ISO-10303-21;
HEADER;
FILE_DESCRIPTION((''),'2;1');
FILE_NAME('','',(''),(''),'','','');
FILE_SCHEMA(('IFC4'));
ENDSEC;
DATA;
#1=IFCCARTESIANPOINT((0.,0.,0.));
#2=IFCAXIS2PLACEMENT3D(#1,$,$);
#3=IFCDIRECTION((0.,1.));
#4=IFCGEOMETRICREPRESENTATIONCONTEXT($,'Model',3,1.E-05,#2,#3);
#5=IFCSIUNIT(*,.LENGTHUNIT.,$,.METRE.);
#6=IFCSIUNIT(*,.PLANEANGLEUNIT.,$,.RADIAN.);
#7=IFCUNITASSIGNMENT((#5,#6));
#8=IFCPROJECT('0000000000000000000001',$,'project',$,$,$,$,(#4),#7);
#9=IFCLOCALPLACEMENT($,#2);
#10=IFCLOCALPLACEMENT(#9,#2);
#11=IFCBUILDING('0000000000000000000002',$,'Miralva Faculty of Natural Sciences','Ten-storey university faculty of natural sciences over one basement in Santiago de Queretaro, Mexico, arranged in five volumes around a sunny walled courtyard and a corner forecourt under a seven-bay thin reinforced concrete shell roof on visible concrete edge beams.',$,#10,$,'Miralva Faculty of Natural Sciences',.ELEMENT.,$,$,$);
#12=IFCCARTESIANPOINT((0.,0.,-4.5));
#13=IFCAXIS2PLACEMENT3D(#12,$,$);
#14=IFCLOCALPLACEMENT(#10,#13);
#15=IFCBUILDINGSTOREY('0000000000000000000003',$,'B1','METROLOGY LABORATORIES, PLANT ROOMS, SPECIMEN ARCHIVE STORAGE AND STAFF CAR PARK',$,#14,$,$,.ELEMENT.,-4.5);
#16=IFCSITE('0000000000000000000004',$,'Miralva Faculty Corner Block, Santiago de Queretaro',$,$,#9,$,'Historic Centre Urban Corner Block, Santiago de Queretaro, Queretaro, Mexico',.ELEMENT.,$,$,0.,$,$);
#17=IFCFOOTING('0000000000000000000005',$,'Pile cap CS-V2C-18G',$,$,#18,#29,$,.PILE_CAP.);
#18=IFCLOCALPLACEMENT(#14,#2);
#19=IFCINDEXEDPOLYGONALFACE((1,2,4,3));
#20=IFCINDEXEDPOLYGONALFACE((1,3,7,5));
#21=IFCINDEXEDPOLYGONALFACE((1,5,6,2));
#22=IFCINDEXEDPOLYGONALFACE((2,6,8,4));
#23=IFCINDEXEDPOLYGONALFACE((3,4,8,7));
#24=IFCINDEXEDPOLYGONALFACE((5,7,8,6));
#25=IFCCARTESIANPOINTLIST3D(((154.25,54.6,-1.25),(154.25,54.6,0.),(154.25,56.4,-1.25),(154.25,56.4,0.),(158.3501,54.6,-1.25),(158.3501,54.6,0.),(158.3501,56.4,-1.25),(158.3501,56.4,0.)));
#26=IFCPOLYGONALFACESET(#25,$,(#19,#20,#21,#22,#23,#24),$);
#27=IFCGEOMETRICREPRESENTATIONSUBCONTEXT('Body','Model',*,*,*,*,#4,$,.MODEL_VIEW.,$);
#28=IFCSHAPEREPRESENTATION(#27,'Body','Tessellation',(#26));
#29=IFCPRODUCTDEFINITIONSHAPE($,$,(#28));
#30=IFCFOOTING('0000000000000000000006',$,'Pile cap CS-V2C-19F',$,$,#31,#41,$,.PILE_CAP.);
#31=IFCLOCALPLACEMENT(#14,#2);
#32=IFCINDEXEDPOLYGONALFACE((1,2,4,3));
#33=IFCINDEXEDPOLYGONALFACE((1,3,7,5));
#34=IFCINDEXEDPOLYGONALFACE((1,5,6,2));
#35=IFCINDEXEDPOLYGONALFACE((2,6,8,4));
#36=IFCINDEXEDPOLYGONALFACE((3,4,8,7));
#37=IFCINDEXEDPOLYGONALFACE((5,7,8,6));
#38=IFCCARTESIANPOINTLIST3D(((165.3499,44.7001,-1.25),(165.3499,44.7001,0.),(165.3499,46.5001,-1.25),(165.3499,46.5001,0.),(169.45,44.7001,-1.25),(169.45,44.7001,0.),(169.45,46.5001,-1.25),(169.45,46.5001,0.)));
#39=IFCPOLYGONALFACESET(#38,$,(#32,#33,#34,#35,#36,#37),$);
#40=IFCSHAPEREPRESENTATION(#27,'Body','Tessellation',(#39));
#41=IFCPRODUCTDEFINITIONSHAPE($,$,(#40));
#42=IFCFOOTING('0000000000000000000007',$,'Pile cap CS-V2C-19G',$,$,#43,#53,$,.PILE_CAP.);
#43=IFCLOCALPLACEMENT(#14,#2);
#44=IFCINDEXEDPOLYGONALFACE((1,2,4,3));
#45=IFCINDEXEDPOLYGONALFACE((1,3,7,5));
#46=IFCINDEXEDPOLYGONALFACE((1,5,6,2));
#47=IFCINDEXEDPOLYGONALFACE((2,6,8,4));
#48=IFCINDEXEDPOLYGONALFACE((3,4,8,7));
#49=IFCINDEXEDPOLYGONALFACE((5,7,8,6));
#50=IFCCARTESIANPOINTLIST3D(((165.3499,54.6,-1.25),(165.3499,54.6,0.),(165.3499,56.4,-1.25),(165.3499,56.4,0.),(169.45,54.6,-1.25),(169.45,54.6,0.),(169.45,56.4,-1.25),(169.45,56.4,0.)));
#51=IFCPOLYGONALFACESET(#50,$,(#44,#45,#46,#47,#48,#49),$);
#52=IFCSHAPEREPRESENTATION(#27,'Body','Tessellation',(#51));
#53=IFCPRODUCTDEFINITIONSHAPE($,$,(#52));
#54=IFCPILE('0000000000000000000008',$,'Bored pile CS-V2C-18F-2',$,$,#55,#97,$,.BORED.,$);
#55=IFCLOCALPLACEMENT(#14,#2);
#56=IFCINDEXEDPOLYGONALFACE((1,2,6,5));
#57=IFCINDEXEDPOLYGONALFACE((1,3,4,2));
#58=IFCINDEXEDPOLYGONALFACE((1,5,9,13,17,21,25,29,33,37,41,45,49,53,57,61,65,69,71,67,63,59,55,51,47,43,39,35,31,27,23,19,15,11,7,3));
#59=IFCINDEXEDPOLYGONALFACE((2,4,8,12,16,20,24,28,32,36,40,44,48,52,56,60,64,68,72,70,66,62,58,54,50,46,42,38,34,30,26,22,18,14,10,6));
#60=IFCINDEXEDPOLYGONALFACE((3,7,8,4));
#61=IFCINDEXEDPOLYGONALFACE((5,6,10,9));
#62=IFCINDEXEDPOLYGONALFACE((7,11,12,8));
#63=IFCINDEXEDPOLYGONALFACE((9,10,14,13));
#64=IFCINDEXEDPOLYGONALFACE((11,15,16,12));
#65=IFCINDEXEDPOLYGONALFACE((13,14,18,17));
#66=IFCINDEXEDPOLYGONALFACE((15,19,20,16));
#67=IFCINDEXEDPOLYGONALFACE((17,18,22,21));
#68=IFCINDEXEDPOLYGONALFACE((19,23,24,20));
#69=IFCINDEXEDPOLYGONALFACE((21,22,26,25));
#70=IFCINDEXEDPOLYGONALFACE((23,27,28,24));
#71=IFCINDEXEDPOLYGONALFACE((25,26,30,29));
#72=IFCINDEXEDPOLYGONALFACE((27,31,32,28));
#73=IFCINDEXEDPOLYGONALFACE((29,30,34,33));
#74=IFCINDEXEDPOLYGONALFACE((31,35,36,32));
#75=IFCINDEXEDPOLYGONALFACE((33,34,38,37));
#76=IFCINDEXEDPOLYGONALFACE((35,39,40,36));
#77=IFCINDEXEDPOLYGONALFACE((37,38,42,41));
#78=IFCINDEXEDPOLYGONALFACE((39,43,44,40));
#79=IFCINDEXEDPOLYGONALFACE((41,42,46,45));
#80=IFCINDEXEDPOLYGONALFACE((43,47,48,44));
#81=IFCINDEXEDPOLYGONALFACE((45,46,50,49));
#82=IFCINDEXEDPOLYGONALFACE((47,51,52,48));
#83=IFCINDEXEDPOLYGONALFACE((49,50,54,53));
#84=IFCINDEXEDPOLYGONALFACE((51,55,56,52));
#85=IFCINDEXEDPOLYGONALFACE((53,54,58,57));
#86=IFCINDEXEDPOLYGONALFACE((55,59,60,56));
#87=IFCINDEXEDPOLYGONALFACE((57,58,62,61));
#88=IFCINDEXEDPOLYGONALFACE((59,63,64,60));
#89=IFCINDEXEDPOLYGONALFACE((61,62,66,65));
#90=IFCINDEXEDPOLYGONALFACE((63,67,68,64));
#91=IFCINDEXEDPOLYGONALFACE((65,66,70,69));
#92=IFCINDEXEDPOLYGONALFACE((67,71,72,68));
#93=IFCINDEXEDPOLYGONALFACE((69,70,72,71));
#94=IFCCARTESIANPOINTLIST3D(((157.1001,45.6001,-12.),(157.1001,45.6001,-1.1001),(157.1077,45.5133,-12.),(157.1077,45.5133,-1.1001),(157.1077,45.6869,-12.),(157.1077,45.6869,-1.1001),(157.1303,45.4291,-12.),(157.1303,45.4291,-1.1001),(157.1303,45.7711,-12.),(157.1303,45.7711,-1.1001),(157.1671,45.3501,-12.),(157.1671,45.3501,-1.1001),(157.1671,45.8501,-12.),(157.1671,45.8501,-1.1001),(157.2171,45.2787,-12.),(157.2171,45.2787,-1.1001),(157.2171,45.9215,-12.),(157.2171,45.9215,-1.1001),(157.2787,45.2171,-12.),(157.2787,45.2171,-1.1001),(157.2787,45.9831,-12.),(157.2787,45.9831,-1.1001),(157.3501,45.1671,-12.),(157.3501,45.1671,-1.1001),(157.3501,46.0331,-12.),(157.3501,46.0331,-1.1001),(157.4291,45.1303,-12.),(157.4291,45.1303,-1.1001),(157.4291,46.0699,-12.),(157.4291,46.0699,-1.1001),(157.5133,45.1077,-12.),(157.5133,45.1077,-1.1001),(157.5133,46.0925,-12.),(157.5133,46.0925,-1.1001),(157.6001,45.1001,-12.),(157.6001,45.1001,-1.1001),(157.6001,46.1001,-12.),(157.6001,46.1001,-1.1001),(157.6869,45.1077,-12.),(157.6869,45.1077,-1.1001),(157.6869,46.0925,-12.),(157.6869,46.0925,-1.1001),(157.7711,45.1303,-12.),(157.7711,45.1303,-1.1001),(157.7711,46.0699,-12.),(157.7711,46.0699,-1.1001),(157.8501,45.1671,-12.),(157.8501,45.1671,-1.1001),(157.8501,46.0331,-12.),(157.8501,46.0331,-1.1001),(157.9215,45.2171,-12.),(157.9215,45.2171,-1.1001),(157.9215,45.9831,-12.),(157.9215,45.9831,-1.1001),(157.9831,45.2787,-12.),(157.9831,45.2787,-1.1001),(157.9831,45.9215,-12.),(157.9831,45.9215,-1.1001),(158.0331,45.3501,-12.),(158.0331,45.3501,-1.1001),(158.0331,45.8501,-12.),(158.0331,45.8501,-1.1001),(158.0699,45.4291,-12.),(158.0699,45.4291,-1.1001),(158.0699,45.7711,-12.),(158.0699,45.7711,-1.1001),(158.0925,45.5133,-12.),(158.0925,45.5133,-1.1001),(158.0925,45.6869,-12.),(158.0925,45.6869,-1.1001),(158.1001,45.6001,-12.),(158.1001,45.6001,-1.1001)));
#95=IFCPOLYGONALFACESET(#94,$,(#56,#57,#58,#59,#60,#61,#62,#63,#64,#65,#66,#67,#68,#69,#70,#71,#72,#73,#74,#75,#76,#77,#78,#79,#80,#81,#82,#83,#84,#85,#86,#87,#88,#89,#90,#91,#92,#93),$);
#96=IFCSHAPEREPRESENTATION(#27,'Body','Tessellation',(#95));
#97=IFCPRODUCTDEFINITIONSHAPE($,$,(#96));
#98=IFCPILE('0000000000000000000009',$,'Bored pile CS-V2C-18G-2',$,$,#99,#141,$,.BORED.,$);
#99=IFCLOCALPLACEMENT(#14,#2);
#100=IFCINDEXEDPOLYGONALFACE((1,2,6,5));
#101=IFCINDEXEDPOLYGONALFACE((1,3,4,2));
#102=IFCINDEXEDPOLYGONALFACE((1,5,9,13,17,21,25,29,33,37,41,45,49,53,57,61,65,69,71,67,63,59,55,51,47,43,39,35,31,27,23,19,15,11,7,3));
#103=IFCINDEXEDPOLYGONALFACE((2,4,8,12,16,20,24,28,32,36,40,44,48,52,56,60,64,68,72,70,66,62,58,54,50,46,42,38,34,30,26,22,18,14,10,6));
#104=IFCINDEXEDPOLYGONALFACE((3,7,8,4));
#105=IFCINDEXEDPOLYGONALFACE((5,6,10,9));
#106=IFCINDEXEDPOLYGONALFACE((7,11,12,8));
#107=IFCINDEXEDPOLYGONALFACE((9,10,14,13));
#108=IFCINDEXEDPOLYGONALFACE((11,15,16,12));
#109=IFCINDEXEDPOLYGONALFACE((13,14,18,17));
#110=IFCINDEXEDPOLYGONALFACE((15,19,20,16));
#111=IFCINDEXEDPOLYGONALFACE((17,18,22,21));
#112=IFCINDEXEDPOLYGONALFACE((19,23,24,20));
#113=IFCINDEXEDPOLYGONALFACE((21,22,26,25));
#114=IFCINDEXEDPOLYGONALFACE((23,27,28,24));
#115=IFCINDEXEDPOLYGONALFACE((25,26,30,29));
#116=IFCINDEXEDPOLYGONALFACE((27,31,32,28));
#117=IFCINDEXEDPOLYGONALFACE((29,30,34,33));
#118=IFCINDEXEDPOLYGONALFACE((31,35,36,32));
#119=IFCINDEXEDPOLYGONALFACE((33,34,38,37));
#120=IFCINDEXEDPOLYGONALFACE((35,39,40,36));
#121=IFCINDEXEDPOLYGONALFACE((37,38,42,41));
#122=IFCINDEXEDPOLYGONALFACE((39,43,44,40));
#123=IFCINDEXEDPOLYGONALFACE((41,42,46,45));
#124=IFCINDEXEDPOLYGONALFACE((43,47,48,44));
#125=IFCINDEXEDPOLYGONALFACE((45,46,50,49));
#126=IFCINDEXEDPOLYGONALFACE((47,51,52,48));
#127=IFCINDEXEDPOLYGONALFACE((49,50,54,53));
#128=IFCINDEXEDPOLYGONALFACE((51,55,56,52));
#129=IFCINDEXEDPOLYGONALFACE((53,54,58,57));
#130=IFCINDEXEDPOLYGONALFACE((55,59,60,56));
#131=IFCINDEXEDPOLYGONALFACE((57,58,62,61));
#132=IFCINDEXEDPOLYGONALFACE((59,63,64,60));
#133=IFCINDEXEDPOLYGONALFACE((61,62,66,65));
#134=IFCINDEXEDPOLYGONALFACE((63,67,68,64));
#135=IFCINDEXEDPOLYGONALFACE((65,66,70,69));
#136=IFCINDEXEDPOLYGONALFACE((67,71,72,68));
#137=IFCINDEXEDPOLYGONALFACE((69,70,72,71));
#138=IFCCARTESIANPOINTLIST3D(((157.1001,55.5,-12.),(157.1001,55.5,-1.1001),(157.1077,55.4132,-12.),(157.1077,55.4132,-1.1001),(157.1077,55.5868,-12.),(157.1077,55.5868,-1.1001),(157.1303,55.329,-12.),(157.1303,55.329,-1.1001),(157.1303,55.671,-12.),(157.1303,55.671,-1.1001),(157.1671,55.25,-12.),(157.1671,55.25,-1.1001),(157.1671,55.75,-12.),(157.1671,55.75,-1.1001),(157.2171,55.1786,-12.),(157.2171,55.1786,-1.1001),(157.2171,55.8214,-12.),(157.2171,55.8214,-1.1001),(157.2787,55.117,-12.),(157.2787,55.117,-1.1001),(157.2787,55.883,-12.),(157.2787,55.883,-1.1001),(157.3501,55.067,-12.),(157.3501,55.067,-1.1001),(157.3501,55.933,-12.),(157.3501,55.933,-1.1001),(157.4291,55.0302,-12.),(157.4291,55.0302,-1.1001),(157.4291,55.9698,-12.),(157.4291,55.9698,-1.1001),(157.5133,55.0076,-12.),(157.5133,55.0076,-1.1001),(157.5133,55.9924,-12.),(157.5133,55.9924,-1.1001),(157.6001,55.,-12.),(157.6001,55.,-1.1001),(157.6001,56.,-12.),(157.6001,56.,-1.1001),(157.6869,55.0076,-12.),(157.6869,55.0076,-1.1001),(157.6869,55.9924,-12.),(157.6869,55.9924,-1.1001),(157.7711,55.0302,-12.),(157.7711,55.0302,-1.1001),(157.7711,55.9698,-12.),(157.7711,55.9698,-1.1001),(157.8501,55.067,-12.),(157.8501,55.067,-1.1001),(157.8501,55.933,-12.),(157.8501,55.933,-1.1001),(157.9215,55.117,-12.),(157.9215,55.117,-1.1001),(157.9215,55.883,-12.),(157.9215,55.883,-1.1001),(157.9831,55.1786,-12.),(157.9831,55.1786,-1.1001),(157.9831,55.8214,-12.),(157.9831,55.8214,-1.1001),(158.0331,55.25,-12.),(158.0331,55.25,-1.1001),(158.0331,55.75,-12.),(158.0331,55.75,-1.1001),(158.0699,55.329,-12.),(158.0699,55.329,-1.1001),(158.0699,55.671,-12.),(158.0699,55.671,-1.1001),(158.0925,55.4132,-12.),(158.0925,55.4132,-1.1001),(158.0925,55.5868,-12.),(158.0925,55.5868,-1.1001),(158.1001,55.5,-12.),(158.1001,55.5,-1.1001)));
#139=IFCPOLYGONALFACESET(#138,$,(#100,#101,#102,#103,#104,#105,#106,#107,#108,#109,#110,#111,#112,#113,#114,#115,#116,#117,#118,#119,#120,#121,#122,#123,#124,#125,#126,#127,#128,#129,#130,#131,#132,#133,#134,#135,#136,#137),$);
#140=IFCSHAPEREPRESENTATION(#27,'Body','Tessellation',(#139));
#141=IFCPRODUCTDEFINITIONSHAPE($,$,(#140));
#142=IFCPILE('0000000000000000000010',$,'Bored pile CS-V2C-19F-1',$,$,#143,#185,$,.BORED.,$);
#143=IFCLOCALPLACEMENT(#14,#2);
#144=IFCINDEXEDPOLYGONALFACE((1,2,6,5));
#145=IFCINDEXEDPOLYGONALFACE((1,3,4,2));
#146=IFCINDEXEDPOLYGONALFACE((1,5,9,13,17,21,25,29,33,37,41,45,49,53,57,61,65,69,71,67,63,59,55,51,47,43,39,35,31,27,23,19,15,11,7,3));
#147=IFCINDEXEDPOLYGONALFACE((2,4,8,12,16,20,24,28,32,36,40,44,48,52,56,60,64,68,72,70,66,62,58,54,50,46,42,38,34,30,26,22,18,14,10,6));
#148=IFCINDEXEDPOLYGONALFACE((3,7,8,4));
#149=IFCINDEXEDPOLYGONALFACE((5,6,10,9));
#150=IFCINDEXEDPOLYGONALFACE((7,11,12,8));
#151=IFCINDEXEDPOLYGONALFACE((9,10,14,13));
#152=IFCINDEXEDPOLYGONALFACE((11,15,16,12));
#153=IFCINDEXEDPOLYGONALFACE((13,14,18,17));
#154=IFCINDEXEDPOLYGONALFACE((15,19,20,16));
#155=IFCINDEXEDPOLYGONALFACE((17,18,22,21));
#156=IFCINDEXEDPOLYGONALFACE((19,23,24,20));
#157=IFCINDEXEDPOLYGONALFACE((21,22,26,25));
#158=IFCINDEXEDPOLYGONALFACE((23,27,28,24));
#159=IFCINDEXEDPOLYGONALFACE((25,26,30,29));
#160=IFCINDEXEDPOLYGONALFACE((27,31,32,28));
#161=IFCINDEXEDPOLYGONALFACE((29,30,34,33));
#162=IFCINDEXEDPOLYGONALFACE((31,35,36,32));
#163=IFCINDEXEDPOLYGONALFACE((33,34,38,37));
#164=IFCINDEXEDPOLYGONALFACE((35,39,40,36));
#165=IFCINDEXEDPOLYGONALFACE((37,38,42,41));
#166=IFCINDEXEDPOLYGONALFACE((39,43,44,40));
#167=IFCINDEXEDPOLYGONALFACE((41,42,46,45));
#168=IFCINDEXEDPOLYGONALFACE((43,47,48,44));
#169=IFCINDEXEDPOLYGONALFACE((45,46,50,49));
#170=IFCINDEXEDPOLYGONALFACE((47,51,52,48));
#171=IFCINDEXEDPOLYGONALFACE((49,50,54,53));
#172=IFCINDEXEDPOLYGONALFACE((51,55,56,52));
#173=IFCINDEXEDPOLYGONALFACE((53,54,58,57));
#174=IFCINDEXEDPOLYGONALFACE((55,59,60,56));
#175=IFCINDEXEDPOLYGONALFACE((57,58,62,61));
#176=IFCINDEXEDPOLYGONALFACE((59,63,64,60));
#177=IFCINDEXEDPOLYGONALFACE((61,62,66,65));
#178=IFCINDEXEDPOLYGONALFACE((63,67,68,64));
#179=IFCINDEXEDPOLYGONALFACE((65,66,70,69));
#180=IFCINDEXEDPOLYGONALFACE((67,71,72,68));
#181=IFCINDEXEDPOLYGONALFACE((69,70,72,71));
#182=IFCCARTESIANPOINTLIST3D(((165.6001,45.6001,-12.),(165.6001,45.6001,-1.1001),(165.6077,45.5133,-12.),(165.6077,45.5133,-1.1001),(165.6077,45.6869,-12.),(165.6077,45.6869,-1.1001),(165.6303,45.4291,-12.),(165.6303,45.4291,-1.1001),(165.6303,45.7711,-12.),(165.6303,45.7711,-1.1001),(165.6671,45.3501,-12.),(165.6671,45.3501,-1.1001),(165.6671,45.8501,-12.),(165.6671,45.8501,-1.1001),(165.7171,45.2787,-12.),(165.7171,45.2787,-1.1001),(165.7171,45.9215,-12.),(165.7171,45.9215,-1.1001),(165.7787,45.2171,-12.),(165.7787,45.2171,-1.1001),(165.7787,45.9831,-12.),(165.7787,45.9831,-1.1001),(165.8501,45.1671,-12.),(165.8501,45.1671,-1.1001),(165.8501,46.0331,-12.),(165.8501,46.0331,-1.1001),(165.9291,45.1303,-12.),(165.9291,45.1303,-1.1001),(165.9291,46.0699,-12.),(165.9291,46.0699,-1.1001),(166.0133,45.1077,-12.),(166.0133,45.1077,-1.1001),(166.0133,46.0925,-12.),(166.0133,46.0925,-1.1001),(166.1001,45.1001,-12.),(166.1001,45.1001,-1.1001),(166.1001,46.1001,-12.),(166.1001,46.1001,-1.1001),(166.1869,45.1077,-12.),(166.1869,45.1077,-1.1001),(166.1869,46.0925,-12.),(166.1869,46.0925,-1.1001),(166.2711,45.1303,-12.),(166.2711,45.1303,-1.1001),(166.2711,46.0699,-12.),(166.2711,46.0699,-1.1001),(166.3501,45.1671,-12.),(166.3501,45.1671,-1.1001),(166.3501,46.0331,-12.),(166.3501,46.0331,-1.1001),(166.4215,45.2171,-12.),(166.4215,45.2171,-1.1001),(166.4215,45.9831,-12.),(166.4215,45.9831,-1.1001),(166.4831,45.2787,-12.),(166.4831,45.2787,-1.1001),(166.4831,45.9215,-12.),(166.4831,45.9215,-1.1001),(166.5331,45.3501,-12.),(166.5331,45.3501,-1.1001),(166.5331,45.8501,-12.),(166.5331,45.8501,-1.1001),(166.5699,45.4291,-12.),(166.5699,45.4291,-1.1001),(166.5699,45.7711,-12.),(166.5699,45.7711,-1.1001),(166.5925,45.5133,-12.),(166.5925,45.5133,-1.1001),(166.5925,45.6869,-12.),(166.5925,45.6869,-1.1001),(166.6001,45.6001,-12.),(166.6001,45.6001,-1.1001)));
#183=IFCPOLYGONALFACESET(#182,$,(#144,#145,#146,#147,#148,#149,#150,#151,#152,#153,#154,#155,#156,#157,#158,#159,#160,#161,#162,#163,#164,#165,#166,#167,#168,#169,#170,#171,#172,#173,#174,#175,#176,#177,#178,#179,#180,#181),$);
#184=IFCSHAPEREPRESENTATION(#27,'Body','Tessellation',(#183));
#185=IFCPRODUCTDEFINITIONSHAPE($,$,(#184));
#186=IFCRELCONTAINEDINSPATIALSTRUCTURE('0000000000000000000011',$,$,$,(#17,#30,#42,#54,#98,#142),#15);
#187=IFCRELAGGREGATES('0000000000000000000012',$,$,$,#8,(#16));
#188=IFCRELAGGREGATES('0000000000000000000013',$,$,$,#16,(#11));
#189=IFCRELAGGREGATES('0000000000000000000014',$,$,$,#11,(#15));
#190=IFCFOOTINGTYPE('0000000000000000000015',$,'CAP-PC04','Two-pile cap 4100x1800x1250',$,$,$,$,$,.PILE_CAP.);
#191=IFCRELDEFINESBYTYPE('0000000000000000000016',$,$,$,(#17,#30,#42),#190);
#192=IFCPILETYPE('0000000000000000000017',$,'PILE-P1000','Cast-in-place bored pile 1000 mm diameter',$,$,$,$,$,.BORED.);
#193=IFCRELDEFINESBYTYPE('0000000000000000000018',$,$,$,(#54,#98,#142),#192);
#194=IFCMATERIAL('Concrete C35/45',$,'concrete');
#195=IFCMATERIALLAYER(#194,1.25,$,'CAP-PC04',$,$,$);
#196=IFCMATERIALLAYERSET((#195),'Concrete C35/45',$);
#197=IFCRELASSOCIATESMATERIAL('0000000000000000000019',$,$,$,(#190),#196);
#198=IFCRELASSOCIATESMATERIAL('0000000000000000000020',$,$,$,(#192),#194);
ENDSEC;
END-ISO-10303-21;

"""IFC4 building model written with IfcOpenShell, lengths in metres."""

from ifc_helpers import new_model, si_unit, direction, frame, origin, origin_2d, place, context, subcontext, project, spatial, rectangle, circle, extrude, material, layer, layer_set, material_profile, profile_set, type_object, element, save


model = new_model("IFC4")

# Units and contexts
model_context = context("Model", 3, precision=1e-05, world=origin(), true_north=direction((0.0, 1.0)))
body_context = subcontext(model_context, "Body", "Model", "MODEL_VIEW")
ifc_project = project(units=[si_unit("LENGTHUNIT", "METRE"), si_unit("PLANEANGLEUNIT", "RADIAN")], contexts=[model_context])

# Site, building, storey
site_placement = place(None, origin())
site = spatial("IfcSite", under=ifc_project, at=site_placement, Name="Miralva Faculty Corner Block, Santiago de Queretaro", LongName="Historic Centre Urban Corner Block, Santiago de Queretaro, Queretaro, Mexico", CompositionType="ELEMENT", RefElevation=0.0)
building_placement = place(site_placement, origin())
building = spatial("IfcBuilding", under=site, at=building_placement, Name="Miralva Faculty of Natural Sciences", Description="Ten-storey university faculty of natural sciences over one basement in Santiago de Queretaro, Mexico, arranged in five volumes around a sunny walled courtyard and a corner forecourt under a seven-bay thin reinforced concrete shell roof on visible concrete edge beams.", LongName="Miralva Faculty of Natural Sciences", CompositionType="ELEMENT")
storey_placement = place(building_placement, frame((0.0, 0.0, -4.5)))
storey = spatial("IfcBuildingStorey", under=building, at=storey_placement, Name="B1", Description="METROLOGY LABORATORIES, PLANT ROOMS, SPECIMEN ARCHIVE STORAGE AND STAFF CAR PARK", CompositionType="ELEMENT", Elevation=-4.5)

# Footings
ifc_material_1 = material(Name="Concrete C35/45", Category="concrete")
ifc_layer = layer(ifc_material_1, 1.25, Name="CAP-PC04")
ifc_layer_set = layer_set([ifc_layer], Name="Concrete C35/45")
footing_type_1 = type_object("IfcFootingType", Name="CAP-PC04", Description="Two-pile cap 4100x1800x1250", PredefinedType="PILE_CAP", material=ifc_layer_set)
for number, where, z_axis, x_axis, name in (
    (1, (156.3, 55.5, -1.25), (0.0, 0.0, 1.0), (1.0, 0.0, 0.0), "Pile cap CS-V2C-18G"),
    (2, (167.3999, 45.6001, -1.25), (0.0, 0.0, 1.0), (1.0, 0.0, 0.0), "Pile cap CS-V2C-19F"),
    (3, (167.3999, 55.5, -1.25), (0.0, 0.0, 1.0), (1.0, 0.0, 0.0), "Pile cap CS-V2C-19G"),
):
    element("IfcFooting", number, at=place(storey_placement, frame(where, z_axis=z_axis, x_axis=x_axis)), inside=storey, type_object=footing_type_1, Name=name, PredefinedType="PILE_CAP", context=body_context, shape_type="SweptSolid", body=[
        extrude(rectangle(XDim=4.1001, YDim=1.8, at=origin_2d()), origin(), (0.0, 0.0, 1.0), 1.25),
    ])

# Piles
ifc_material_profile_1 = material_profile(ifc_material_1, circle(Radius=0.5, at=origin_2d()), Name="BORED PILE 1000")
ifc_profile_set_1 = profile_set([ifc_material_profile_1], Name="Concrete C35/45")
pile_type = type_object("IfcPileType", Name="PILE-P1000", Description="Cast-in-place bored pile 1000 mm diameter", PredefinedType="BORED", material=ifc_profile_set_1)
for number, where, z_axis, x_axis, name in (
    (4, (157.6001, 45.6001, -1.1001), (0.0, 0.0, -1.0), (1.0, 0.0, 0.0), "Bored pile CS-V2C-18F-2"),
    (5, (157.6001, 55.5, -1.1001), (0.0, 0.0, -1.0), (1.0, 0.0, 0.0), "Bored pile CS-V2C-18G-2"),
    (6, (166.1001, 45.6001, -1.1001), (0.0, 0.0, -1.0), (1.0, 0.0, 0.0), "Bored pile CS-V2C-19F-1"),
):
    element("IfcPile", number, at=place(storey_placement, frame(where, z_axis=z_axis, x_axis=x_axis)), inside=storey, type_object=pile_type, Name=name, PredefinedType="BORED", context=body_context, shape_type="SweptSolid", body=[
        extrude(circle(Radius=0.5, at=origin_2d()), origin(), (0.0, 0.0, 1.0), 10.8999),
    ])

save(model, "model.ifc")
